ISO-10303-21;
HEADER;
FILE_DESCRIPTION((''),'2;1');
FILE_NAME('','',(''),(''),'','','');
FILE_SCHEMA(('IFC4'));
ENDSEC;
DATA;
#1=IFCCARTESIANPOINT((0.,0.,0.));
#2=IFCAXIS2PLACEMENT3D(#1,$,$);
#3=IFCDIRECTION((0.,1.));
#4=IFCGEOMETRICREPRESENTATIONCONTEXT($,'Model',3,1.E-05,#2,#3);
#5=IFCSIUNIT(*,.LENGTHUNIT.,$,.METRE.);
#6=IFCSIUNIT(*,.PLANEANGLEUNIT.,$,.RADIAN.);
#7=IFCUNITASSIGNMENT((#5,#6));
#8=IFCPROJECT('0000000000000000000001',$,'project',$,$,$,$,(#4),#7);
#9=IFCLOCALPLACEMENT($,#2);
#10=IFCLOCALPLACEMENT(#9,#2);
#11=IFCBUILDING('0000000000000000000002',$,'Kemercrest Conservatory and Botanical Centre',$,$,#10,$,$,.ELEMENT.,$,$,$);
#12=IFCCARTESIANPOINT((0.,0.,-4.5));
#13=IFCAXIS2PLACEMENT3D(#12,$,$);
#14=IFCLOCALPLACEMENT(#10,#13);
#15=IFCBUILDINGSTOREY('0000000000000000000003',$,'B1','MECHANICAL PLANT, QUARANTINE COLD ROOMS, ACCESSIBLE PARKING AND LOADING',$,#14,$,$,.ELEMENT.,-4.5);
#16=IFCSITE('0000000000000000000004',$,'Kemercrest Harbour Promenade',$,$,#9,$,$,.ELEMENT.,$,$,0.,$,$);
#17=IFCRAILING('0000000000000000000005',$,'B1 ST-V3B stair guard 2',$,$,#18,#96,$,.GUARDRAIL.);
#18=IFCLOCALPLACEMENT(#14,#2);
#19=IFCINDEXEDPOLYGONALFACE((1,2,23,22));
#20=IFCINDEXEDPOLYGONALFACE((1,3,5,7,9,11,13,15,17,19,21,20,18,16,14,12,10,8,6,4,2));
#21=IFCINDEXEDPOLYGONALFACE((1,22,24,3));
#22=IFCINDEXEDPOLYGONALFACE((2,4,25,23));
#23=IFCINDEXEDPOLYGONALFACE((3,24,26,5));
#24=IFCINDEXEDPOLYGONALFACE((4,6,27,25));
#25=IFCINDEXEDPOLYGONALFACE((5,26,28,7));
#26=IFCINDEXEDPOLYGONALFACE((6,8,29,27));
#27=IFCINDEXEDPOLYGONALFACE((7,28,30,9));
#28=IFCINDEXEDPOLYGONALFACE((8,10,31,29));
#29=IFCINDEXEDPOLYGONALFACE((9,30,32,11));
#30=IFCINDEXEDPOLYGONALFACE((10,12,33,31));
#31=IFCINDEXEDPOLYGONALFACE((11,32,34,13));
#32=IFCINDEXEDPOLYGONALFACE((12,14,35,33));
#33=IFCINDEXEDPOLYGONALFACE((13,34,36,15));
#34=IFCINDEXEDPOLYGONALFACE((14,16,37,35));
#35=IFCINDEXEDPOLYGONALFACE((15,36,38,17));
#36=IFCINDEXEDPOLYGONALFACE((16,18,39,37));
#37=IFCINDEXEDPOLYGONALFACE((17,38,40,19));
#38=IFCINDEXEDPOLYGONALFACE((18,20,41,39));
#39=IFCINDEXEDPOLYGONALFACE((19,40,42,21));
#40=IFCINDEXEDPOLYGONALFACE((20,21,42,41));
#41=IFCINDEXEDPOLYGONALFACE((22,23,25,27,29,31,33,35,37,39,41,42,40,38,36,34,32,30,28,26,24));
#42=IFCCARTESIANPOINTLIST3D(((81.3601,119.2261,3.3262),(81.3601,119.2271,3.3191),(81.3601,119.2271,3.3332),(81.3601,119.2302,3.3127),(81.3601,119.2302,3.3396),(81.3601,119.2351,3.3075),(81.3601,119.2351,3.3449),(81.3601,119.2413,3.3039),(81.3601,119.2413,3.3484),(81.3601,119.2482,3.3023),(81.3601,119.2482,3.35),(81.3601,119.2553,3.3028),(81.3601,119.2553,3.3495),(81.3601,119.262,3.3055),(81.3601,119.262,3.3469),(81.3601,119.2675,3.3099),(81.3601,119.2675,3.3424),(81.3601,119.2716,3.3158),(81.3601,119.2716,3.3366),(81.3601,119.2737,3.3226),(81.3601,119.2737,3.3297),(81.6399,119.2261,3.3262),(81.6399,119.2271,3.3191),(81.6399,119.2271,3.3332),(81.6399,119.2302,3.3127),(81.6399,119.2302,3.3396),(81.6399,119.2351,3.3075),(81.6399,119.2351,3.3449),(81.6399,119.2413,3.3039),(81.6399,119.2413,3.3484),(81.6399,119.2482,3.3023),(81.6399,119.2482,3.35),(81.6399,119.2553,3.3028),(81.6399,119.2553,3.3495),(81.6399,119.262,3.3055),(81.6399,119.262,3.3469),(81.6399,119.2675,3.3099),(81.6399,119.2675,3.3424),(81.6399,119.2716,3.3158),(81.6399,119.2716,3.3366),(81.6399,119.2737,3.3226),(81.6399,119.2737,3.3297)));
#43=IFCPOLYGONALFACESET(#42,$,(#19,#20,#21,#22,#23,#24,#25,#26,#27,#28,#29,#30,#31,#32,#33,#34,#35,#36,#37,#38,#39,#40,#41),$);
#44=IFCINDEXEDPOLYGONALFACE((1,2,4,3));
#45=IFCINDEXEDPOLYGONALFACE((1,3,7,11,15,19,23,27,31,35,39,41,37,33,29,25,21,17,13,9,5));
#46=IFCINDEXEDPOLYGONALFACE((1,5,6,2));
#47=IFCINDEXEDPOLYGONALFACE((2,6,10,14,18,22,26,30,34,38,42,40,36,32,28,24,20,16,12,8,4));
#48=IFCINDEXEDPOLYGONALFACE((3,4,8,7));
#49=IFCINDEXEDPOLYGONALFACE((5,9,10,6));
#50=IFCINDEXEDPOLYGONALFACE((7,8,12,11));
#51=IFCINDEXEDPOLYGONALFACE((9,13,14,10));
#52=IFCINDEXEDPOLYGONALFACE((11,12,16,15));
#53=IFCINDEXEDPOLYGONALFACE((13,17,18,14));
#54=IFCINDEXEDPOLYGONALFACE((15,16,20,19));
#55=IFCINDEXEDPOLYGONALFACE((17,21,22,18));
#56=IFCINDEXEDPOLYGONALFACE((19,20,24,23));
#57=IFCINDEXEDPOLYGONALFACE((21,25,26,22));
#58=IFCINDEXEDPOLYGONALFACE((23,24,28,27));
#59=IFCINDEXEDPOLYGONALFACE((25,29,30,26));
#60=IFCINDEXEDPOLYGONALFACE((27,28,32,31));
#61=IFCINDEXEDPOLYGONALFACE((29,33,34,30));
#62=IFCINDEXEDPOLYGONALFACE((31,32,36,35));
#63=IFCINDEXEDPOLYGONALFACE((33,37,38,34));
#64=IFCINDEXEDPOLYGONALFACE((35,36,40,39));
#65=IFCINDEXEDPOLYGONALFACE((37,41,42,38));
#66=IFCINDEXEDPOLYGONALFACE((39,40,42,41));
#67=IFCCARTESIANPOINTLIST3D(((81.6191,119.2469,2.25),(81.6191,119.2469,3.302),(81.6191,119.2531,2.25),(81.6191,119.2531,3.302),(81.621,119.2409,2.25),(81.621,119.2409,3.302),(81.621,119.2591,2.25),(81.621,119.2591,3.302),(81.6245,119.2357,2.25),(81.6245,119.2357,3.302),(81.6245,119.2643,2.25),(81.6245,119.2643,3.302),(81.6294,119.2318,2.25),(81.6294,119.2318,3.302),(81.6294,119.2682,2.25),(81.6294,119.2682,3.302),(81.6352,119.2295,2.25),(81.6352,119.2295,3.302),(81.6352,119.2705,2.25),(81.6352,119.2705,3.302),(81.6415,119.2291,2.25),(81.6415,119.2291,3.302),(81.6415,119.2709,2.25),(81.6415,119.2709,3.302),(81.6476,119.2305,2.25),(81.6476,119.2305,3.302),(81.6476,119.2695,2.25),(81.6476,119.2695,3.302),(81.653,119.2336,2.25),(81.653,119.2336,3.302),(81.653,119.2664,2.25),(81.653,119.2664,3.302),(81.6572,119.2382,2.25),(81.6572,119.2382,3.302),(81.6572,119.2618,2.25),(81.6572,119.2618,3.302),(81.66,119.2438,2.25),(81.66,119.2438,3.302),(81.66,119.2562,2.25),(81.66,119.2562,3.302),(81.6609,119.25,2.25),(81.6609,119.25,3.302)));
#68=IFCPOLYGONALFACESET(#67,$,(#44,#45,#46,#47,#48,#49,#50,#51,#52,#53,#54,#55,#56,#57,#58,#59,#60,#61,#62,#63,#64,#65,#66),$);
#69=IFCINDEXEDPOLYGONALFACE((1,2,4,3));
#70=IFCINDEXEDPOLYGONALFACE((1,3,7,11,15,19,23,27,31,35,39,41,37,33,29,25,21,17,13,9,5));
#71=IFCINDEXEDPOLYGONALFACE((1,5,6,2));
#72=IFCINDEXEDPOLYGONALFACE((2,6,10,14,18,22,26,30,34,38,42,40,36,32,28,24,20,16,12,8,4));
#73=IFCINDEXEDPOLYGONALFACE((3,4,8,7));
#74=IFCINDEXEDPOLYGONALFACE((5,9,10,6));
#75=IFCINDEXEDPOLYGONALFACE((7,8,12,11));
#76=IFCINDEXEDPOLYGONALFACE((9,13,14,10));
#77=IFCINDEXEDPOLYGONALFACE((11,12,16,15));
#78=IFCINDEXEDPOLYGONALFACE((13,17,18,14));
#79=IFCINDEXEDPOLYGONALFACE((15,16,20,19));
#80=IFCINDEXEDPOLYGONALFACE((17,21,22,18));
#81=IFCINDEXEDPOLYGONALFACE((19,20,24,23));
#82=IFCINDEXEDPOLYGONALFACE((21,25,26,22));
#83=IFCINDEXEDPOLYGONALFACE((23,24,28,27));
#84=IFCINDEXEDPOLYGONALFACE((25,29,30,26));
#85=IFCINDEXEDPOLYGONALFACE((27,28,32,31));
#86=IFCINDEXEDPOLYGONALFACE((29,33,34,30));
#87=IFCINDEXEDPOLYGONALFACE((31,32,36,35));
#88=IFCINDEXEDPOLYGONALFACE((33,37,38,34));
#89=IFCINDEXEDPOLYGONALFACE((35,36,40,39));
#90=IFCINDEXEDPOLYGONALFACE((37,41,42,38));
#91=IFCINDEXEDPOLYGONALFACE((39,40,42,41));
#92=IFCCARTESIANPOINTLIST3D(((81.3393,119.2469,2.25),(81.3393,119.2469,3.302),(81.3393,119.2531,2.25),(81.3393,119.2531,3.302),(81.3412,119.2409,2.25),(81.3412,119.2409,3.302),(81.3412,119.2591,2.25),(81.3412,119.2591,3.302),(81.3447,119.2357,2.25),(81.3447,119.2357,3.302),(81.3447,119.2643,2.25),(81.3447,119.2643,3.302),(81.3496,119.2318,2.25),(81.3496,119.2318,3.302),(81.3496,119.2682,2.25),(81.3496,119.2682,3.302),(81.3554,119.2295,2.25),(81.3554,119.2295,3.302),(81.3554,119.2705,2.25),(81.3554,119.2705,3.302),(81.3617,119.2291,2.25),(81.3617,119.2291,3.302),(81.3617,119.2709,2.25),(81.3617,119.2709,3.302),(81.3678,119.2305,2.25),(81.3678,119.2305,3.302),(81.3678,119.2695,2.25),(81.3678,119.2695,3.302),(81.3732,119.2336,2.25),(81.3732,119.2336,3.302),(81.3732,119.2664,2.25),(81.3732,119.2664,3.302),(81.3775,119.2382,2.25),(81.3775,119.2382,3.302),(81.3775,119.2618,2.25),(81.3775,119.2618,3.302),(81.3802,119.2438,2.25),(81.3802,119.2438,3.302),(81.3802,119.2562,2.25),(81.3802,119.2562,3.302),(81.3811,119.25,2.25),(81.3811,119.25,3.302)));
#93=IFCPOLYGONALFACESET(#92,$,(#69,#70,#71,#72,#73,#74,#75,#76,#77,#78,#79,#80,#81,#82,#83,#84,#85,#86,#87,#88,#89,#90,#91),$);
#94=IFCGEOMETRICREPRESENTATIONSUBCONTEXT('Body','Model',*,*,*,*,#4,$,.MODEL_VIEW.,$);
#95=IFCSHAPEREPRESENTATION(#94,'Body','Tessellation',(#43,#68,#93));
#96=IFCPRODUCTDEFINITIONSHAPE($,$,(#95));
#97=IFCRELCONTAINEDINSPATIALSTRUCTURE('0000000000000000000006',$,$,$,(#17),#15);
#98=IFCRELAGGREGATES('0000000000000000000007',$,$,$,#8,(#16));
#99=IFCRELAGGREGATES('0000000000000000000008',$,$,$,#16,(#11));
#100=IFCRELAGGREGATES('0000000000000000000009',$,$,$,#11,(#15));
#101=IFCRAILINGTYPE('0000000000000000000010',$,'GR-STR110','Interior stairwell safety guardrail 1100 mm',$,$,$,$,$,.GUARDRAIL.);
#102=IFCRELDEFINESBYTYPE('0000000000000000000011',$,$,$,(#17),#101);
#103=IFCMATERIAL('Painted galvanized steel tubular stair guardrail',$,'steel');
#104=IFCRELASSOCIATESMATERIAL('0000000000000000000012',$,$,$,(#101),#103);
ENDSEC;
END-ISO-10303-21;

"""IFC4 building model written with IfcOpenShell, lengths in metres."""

from ifc_helpers import new_model, si_unit, direction, frame, origin, origin_2d, place, context, subcontext, project, spatial, circle, extrude, material, type_object, element, save


model = new_model("IFC4")

# Units and contexts
model_context = context("Model", 3, precision=1e-05, world=origin(), true_north=direction((0.0, 1.0)))
body_context = subcontext(model_context, "Body", "Model", "MODEL_VIEW")
ifc_project = project(units=[si_unit("LENGTHUNIT", "METRE"), si_unit("PLANEANGLEUNIT", "RADIAN")], contexts=[model_context])

# Site, building, storey
site_placement = place(None, origin())
site = spatial("IfcSite", under=ifc_project, at=site_placement, Name="Kemercrest Harbour Promenade", CompositionType="ELEMENT", RefElevation=0.0)
building_placement = place(site_placement, origin())
building = spatial("IfcBuilding", under=site, at=building_placement, Name="Kemercrest Conservatory and Botanical Centre", CompositionType="ELEMENT")
storey_placement = place(building_placement, frame((0.0, 0.0, -4.5)))
storey = spatial("IfcBuildingStorey", under=building, at=storey_placement, Name="B1", Description="MECHANICAL PLANT, QUARANTINE COLD ROOMS, ACCESSIBLE PARKING AND LOADING", CompositionType="ELEMENT", Elevation=-4.5)

# Railing
ifc_material_1 = material(Name="Painted galvanized steel tubular stair guardrail", Category="steel")
railing_type_1 = type_object("IfcRailingType", Name="GR-STR110", Description="Interior stairwell safety guardrail 1100 mm", PredefinedType="GUARDRAIL", material=ifc_material_1)
railing_1_placement = place(storey_placement, frame((81.6399, 119.25, 2.25)))
element("IfcRailing", 1, at=railing_1_placement, inside=storey, type_object=railing_type_1, Name="B1 ST-V3B stair guard 2", PredefinedType="GUARDRAIL", context=body_context, shape_type="SweptSolid", body=[
    extrude(circle(Radius=0.0239, at=origin_2d()), frame((0.0, 0.0, 1.0762), z_axis=(-1.0, 0.0, 0.0), x_axis=(0.0, -1.0, 0.0)), (0.0, 0.0, 1.0), 0.2798),
    extrude(circle(Radius=0.021, at=origin_2d()), origin(), (0.0, 0.0, 1.0), 1.052),
    extrude(circle(Radius=0.021, at=origin_2d()), frame((-0.2798, 0.0, 0.0)), (0.0, 0.0, 1.0), 1.052),
])

save(model, "model.ifc")
